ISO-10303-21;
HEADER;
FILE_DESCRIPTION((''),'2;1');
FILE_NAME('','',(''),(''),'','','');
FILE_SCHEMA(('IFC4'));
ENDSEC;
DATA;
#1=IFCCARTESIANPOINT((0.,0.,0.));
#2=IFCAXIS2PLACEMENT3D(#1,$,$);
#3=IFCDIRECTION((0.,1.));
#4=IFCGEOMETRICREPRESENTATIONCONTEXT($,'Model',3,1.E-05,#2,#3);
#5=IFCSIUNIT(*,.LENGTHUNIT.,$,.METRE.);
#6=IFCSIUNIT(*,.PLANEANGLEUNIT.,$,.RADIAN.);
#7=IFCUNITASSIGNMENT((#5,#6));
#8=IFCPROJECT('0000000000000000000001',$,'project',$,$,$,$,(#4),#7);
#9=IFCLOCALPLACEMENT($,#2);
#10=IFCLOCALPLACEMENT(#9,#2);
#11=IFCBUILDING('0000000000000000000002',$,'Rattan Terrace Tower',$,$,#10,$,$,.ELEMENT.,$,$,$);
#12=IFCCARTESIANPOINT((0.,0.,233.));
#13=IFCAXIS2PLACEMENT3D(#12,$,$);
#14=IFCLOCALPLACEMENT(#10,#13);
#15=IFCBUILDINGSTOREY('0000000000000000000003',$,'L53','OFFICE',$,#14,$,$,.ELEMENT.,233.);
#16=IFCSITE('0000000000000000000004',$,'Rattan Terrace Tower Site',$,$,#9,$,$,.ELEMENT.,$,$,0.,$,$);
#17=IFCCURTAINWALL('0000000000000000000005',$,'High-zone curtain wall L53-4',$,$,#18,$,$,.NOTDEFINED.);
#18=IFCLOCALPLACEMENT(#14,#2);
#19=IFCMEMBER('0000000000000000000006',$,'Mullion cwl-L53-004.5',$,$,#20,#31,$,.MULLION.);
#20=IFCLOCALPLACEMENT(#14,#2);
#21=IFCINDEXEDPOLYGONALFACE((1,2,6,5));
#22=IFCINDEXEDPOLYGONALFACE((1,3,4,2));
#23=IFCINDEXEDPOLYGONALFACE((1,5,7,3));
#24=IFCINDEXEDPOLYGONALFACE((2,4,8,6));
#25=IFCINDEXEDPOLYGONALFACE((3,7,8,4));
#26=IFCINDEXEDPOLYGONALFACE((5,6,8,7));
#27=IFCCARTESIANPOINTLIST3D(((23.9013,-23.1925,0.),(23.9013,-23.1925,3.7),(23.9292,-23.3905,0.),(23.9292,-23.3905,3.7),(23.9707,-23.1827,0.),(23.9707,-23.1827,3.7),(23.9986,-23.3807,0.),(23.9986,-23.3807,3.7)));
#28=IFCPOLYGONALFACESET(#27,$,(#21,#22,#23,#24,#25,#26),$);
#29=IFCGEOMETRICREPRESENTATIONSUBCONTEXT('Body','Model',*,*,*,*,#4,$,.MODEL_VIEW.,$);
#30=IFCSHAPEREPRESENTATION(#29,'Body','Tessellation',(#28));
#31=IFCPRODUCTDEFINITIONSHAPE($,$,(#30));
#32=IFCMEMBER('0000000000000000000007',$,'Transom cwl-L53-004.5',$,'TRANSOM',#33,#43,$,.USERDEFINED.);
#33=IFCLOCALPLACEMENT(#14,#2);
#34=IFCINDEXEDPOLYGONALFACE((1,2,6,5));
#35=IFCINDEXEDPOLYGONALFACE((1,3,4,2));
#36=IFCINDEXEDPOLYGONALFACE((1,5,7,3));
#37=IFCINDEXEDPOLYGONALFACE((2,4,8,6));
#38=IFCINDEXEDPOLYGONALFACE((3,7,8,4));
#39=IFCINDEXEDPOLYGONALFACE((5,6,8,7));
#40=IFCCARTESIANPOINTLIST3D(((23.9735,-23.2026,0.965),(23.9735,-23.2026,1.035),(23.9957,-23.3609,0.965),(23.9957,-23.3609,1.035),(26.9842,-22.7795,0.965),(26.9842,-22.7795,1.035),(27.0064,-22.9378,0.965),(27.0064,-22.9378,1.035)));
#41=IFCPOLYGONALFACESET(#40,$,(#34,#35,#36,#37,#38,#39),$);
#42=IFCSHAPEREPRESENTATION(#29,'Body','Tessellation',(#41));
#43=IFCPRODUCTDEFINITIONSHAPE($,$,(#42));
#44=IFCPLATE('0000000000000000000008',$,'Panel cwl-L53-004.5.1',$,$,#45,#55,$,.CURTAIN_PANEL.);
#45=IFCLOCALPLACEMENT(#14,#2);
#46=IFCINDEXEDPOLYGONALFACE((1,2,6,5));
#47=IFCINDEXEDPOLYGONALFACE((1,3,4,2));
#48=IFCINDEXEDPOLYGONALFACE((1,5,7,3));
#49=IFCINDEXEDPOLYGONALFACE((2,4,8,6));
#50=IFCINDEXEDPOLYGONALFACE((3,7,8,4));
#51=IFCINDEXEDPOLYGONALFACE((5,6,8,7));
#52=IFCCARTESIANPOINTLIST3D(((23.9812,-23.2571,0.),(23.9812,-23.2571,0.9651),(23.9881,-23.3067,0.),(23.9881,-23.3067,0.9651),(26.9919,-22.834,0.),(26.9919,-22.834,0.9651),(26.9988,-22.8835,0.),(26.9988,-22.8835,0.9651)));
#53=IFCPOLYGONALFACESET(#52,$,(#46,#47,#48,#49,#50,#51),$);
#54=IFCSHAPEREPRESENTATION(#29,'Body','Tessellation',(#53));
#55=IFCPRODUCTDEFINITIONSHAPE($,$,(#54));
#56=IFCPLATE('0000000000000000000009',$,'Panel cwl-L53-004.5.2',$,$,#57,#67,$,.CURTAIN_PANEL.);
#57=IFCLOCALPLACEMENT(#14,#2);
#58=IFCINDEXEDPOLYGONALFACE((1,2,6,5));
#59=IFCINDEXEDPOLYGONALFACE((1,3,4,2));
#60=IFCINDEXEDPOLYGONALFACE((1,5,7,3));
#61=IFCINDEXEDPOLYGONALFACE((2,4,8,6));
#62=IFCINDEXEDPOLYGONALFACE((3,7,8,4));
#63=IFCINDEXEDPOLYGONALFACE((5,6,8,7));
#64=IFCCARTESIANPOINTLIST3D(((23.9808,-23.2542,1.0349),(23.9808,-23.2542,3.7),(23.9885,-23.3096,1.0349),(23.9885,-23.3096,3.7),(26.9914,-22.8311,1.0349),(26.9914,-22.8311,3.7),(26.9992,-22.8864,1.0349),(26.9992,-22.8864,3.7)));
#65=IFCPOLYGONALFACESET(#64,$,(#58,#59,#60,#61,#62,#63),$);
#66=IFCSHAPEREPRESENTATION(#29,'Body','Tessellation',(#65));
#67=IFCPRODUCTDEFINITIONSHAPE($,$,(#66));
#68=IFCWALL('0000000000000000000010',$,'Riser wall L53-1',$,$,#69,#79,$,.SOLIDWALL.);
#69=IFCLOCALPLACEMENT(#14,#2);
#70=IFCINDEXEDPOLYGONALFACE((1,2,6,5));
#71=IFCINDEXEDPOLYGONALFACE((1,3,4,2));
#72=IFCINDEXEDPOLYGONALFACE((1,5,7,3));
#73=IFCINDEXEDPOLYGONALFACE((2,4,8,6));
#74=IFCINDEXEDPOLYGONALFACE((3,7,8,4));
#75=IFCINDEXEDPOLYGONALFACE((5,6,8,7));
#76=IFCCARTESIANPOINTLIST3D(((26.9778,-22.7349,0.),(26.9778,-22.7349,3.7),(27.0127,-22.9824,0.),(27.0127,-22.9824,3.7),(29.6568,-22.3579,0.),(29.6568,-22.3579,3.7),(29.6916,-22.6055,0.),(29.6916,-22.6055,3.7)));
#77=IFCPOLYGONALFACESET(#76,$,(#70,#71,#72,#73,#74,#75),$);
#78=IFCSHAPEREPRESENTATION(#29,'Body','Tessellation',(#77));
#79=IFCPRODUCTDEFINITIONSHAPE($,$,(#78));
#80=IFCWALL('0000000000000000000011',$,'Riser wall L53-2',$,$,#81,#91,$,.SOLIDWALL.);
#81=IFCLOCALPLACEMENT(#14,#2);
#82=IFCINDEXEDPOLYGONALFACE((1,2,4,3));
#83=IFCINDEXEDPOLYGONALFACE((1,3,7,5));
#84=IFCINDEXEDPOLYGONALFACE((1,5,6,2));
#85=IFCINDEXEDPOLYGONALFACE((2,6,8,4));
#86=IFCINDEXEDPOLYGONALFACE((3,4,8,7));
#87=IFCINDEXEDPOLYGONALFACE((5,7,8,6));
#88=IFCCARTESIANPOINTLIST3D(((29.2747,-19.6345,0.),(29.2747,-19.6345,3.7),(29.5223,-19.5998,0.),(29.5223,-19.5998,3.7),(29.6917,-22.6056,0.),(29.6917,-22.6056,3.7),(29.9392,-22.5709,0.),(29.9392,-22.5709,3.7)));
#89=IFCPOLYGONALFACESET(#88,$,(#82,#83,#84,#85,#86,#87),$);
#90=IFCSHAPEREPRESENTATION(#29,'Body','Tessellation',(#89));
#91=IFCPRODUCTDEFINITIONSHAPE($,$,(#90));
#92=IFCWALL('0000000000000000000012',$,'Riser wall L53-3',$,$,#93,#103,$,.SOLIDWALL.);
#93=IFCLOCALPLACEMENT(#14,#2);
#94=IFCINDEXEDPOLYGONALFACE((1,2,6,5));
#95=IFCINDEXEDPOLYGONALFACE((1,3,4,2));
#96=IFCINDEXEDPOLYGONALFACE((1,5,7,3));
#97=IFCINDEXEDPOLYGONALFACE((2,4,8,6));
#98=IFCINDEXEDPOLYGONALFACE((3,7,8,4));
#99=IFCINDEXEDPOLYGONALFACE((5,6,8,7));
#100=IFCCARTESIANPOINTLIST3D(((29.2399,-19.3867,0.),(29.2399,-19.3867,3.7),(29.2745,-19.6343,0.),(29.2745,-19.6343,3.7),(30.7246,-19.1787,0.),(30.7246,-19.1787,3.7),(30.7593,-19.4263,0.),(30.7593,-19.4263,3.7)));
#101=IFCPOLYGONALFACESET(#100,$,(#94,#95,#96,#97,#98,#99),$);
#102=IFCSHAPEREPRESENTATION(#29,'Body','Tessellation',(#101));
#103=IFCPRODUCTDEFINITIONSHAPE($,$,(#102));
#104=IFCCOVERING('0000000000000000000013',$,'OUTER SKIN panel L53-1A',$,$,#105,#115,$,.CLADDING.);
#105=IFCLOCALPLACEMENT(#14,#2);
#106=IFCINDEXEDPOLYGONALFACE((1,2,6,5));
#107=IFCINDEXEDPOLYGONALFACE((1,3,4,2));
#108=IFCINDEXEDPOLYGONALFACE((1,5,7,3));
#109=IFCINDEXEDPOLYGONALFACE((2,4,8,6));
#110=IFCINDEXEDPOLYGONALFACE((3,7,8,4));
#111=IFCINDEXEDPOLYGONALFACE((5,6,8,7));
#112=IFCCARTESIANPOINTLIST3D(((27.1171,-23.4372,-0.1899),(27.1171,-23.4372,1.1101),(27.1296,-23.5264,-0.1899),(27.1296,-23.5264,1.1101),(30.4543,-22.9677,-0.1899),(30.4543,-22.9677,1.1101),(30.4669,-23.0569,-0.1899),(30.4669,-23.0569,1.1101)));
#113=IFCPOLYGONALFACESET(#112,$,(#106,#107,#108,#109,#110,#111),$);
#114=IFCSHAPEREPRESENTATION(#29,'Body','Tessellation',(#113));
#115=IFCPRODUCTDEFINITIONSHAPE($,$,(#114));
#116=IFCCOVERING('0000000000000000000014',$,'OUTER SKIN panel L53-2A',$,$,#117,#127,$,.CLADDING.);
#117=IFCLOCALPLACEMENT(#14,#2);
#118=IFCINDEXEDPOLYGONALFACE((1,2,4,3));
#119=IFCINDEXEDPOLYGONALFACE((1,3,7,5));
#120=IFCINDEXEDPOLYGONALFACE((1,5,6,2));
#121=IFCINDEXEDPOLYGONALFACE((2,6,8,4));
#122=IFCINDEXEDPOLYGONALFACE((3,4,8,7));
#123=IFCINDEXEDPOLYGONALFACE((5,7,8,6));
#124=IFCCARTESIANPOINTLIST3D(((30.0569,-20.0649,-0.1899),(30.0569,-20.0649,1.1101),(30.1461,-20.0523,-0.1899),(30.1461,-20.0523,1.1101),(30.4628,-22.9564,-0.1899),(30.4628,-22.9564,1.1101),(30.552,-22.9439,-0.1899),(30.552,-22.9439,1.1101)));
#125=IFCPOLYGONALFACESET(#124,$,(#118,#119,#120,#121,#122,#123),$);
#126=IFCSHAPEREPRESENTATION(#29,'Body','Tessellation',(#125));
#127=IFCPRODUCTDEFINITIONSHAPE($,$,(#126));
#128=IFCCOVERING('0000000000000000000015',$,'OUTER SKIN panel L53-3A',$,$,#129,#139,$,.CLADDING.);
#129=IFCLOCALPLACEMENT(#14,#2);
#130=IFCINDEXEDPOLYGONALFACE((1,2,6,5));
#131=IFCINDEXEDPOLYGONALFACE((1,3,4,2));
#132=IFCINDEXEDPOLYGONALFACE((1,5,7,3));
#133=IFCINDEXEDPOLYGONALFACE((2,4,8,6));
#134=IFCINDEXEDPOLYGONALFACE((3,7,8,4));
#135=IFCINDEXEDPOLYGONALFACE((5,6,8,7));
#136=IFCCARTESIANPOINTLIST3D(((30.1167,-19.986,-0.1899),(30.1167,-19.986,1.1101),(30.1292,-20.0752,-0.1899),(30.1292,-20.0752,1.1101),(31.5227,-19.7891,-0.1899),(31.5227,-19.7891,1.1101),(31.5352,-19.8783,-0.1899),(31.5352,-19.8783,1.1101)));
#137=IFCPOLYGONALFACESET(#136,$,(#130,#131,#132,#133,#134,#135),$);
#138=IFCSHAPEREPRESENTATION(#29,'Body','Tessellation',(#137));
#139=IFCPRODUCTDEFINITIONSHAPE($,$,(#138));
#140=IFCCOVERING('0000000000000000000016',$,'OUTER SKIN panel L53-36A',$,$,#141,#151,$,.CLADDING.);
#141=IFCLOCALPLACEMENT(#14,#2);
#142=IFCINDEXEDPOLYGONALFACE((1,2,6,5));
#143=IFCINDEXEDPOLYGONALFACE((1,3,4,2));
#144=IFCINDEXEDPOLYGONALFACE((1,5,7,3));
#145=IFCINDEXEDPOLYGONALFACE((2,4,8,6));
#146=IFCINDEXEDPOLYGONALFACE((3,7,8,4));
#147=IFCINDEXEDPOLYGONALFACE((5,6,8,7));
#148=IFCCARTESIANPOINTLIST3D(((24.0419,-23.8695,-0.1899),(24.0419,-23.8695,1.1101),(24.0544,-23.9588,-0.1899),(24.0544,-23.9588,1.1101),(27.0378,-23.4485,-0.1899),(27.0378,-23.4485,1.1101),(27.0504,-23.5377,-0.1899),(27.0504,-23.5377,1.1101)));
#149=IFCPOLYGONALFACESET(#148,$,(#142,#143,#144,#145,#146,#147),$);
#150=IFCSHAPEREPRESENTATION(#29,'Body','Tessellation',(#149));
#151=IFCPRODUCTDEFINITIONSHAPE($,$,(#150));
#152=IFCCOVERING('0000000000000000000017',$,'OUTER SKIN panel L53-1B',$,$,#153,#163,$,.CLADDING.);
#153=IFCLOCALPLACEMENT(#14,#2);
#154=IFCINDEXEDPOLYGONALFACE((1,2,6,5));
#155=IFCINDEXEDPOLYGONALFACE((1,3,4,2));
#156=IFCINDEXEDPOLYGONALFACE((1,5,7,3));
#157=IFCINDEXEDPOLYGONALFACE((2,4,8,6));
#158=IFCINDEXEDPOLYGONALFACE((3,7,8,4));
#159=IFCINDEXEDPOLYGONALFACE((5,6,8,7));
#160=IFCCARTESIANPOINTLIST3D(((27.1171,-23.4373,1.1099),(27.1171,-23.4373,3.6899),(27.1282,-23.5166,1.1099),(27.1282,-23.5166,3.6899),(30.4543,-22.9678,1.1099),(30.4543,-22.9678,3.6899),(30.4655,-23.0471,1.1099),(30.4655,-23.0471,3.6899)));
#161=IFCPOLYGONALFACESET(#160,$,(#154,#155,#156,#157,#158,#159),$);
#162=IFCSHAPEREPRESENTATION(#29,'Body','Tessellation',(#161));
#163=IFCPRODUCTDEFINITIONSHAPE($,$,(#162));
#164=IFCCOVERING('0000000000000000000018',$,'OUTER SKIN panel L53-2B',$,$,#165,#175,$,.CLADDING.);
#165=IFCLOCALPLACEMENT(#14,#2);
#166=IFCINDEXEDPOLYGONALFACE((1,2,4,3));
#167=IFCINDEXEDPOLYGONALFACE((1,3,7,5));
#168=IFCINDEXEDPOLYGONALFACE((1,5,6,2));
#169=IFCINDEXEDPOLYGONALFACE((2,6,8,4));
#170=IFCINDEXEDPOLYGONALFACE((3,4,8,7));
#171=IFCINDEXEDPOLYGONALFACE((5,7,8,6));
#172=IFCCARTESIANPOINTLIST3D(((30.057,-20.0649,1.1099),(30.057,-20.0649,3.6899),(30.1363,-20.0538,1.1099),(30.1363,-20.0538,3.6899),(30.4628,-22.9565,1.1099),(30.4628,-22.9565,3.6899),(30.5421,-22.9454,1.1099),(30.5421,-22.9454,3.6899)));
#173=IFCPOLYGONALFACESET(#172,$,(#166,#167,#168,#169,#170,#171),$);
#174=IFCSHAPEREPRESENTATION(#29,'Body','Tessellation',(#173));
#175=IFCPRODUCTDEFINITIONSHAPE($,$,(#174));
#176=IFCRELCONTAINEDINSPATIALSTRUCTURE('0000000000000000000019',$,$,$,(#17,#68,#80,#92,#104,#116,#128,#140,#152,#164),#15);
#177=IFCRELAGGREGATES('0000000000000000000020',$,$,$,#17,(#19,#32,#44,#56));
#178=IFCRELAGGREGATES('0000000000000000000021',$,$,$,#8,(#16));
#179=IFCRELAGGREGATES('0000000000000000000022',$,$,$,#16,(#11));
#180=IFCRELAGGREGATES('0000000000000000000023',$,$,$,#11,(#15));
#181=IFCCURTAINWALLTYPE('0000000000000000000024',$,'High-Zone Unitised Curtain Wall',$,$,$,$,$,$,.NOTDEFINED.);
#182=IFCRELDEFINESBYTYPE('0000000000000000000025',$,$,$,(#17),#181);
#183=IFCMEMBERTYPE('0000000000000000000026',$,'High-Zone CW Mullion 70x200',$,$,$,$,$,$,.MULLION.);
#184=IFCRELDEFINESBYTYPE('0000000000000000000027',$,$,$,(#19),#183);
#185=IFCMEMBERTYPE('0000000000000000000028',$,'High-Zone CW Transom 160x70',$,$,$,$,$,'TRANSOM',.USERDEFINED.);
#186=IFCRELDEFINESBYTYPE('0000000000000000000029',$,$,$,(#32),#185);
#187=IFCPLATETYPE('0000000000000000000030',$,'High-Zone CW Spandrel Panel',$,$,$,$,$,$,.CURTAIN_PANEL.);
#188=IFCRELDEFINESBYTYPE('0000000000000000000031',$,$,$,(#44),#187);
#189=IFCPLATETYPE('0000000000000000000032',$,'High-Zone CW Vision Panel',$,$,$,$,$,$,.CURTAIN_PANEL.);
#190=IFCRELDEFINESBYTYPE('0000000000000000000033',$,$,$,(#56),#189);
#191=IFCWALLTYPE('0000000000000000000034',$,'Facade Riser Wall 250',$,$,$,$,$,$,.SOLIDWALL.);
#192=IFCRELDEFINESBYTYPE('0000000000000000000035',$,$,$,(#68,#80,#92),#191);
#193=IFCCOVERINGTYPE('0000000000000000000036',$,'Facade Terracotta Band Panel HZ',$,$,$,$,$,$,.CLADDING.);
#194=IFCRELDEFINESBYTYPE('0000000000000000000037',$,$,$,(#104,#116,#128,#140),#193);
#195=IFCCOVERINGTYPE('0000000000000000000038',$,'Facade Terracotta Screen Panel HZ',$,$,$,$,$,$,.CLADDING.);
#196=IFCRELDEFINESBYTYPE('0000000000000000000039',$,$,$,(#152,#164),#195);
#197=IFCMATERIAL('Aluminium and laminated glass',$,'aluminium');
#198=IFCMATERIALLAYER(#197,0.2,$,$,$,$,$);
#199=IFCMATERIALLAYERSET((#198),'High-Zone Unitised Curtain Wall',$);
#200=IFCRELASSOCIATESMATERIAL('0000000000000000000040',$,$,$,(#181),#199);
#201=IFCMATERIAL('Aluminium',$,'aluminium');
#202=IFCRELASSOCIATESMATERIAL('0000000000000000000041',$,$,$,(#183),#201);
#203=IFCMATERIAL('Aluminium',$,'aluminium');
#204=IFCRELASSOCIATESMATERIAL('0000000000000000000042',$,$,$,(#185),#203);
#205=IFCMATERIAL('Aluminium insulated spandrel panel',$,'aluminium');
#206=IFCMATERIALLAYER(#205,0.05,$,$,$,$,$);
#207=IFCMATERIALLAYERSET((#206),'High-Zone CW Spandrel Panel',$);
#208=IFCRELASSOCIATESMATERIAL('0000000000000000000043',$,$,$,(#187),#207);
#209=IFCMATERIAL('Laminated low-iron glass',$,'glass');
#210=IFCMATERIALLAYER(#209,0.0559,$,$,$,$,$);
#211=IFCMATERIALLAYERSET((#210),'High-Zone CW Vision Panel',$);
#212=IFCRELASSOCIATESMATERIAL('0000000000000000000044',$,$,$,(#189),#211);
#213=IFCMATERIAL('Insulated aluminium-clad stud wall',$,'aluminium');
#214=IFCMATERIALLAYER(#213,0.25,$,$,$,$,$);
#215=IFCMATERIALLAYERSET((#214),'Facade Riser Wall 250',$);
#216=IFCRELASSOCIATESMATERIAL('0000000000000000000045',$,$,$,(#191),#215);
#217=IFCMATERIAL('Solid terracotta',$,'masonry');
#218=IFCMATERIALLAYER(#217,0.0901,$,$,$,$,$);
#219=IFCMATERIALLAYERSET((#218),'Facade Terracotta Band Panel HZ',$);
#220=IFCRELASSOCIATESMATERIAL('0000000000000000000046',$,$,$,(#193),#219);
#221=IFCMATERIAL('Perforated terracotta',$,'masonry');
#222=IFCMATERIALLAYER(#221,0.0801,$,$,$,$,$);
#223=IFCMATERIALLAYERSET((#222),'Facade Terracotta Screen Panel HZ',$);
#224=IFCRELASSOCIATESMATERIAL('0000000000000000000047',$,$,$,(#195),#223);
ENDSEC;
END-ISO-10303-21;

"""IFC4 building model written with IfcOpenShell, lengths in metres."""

from ifc_helpers import new_model, si_unit, direction, frame, frame_2d, origin, origin_2d, place, context, subcontext, project, spatial, rectangle, extrude, material, layer, layer_set, material_profile, profile_set, type_object, element, aggregate, save


model = new_model("IFC4")

# Units and contexts
model_context = context("Model", 3, precision=1e-05, world=origin(), true_north=direction((0.0, 1.0)))
body_context = subcontext(model_context, "Body", "Model", "MODEL_VIEW")
ifc_project = project(units=[si_unit("LENGTHUNIT", "METRE"), si_unit("PLANEANGLEUNIT", "RADIAN")], contexts=[model_context])

# Site, building, storey
site_placement = place(None, origin())
site = spatial("IfcSite", under=ifc_project, at=site_placement, Name="Rattan Terrace Tower Site", CompositionType="ELEMENT", RefElevation=0.0)
building_placement = place(site_placement, origin())
building = spatial("IfcBuilding", under=site, at=building_placement, Name="Rattan Terrace Tower", CompositionType="ELEMENT")
storey_placement = place(building_placement, frame((0.0, 0.0, 233.0)))
storey = spatial("IfcBuildingStorey", under=building, at=storey_placement, Name="L53", Description="OFFICE", CompositionType="ELEMENT", Elevation=233.0)

# Curtain wall, members, plates
ifc_material_1 = material(Name="Aluminium and laminated glass", Category="aluminium")
ifc_layer_1 = layer(ifc_material_1, 0.2)
ifc_layer_set_1 = layer_set([ifc_layer_1], Name="High-Zone Unitised Curtain Wall")
curtain_wall_type = type_object("IfcCurtainWallType", Name="High-Zone Unitised Curtain Wall", PredefinedType="NOTDEFINED", material=ifc_layer_set_1)
curtain_wall_placement = place(storey_placement, origin())
curtain_wall = element("IfcCurtainWall", 1, at=curtain_wall_placement, inside=storey, type_object=curtain_wall_type, Name="High-zone curtain wall L53-4", PredefinedType="NOTDEFINED")
ifc_material_2 = material(Name="Aluminium", Category="aluminium")
ifc_material_profile_1 = material_profile(ifc_material_2, rectangle(XDim=0.0701, YDim=0.2, at=origin_2d()), Name="Aluminium 70x200")
ifc_profile_set_1 = profile_set([ifc_material_profile_1], Name="Aluminium")
member_type_1 = type_object("IfcMemberType", Name="High-Zone CW Mullion 70x200", PredefinedType="MULLION", material=ifc_profile_set_1)
member_1_placement = place(storey_placement, frame((23.95, -23.2866, 0.0), z_axis=(0.0, 0.0, 1.0), x_axis=(0.990267, 0.139177, 0.0)))
member_1 = element("IfcMember", 2, at=member_1_placement, type_object=member_type_1, Name="Mullion cwl-L53-004.5", PredefinedType="MULLION", context=body_context, shape_type="SweptSolid", body=[
    extrude(rectangle(XDim=0.0701, YDim=0.2, at=origin_2d()), origin(), (0.0, 0.0, 1.0), 3.7),
])
ifc_material_3 = material(Name="Aluminium", Category="aluminium")
ifc_material_profile_2 = material_profile(ifc_material_3, rectangle(XDim=0.1599, YDim=0.0701, at=origin_2d()), Name="Aluminium 160x70")
ifc_profile_set_2 = profile_set([ifc_material_profile_2], Name="Aluminium")
member_type_2 = type_object("IfcMemberType", Name="High-Zone CW Transom 160x70", ElementType="TRANSOM", PredefinedType="USERDEFINED", material=ifc_profile_set_2)
member_2_placement = place(storey_placement, frame((23.9846, -23.2817, 1.0), z_axis=(0.99027, 0.139161, 0.0), x_axis=(-0.139161, 0.99027, 0.0)))
member_2 = element("IfcMember", 3, at=member_2_placement, type_object=member_type_2, Name="Transom cwl-L53-004.5", ObjectType="TRANSOM", PredefinedType="USERDEFINED", context=body_context, shape_type="SweptSolid", body=[
    extrude(rectangle(XDim=0.1599, YDim=0.0701, at=origin_2d()), origin(), (0.0, 0.0, 1.0), 3.0403),
])
ifc_material_4 = material(Name="Aluminium insulated spandrel panel", Category="aluminium")
ifc_layer_2 = layer(ifc_material_4, 0.05)
ifc_layer_set_2 = layer_set([ifc_layer_2], Name="High-Zone CW Spandrel Panel")
plate_type_1 = type_object("IfcPlateType", Name="High-Zone CW Spandrel Panel", PredefinedType="CURTAIN_PANEL", material=ifc_layer_set_2)
plate_1_placement = place(storey_placement, frame((25.49, -23.0703, 0.0), z_axis=(0.0, 0.0, 1.0), x_axis=(0.990267, 0.139177, 0.0)))
plate_1 = element("IfcPlate", 4, at=plate_1_placement, type_object=plate_type_1, Name="Panel cwl-L53-004.5.1", PredefinedType="CURTAIN_PANEL", context=body_context, shape_type="SweptSolid", body=[
    extrude(rectangle(XDim=3.0403, YDim=0.05, at=origin_2d()), origin(), (0.0, 0.0, 1.0), 0.9651),
])
ifc_material_5 = material(Name="Laminated low-iron glass", Category="glass")
ifc_layer_3 = layer(ifc_material_5, 0.0559)
ifc_layer_set_3 = layer_set([ifc_layer_3], Name="High-Zone CW Vision Panel")
plate_type_2 = type_object("IfcPlateType", Name="High-Zone CW Vision Panel", PredefinedType="CURTAIN_PANEL", material=ifc_layer_set_3)
plate_2_placement = place(storey_placement, frame((25.49, -23.0703, 1.0349), z_axis=(0.0, 0.0, 1.0), x_axis=(0.990267, 0.139177, 0.0)))
plate_2 = element("IfcPlate", 5, at=plate_2_placement, type_object=plate_type_2, Name="Panel cwl-L53-004.5.2", PredefinedType="CURTAIN_PANEL", context=body_context, shape_type="SweptSolid", body=[
    extrude(rectangle(XDim=3.0403, YDim=0.0559, at=origin_2d()), origin(), (0.0, 0.0, 1.0), 2.665),
])
aggregate(curtain_wall, [member_1, member_2, plate_1, plate_2])

# Walls
ifc_material_6 = material(Name="Insulated aluminium-clad stud wall", Category="aluminium")
ifc_layer_4 = layer(ifc_material_6, 0.25)
ifc_layer_set_4 = layer_set([ifc_layer_4], Name="Facade Riser Wall 250")
wall_type = type_object("IfcWallType", Name="Facade Riser Wall 250", PredefinedType="SOLIDWALL", material=ifc_layer_set_4)
wall_1_placement = place(storey_placement, frame((26.9954, -22.8586, 0.0), z_axis=(0.0, 0.0, 1.0), x_axis=(0.990245, 0.139336, 0.0)))
element("IfcWall", 6, at=wall_1_placement, inside=storey, type_object=wall_type, Name="Riser wall L53-1", PredefinedType="SOLIDWALL", context=body_context, shape_type="SweptSolid", body=[
    extrude(rectangle(XDim=2.7053, YDim=0.25, at=frame_2d((1.3525, 0.0))), origin(), (0.0, 0.0, 1.0), 3.7),
])
wall_2_placement = place(storey_placement, frame((29.8154, -22.5881, 0.0), z_axis=(0.0, 0.0, 1.0), x_axis=(-0.138983, 0.990295, 0.0)))
element("IfcWall", 7, at=wall_2_placement, inside=storey, type_object=wall_type, Name="Riser wall L53-2", PredefinedType="SOLIDWALL", context=body_context, shape_type="SweptSolid", body=[
    extrude(rectangle(XDim=3.0002, YDim=0.25, at=frame_2d((1.5, 0.0))), origin(), (0.0, 0.0, 1.0), 3.7),
])
wall_3_placement = place(storey_placement, frame((29.2573, -19.5105, 0.0), z_axis=(0.0, 0.0, 1.0), x_axis=(0.99033, 0.138731, 0.0)))
element("IfcWall", 8, at=wall_3_placement, inside=storey, type_object=wall_type, Name="Riser wall L53-3", PredefinedType="SOLIDWALL", context=body_context, shape_type="SweptSolid", body=[
    extrude(rectangle(XDim=1.4993, YDim=0.25, at=frame_2d((0.7495, 0.0))), origin(), (0.0, 0.0, 1.0), 3.7),
])

# Coverings
ifc_material_7 = material(Name="Solid terracotta", Category="masonry")
ifc_layer_5 = layer(ifc_material_7, 0.0901)
ifc_layer_set_5 = layer_set([ifc_layer_5], Name="Facade Terracotta Band Panel HZ")
covering_type_1 = type_object("IfcCoveringType", Name="Facade Terracotta Band Panel HZ", PredefinedType="CLADDING", material=ifc_layer_set_5)
covering_1_placement = place(storey_placement, frame((28.792, -23.2471, -0.1899), z_axis=(0.0, 0.0, 1.0), x_axis=(0.990247, 0.139321, 0.0)))
element("IfcCovering", 9, at=covering_1_placement, inside=storey, type_object=covering_type_1, Name="OUTER SKIN panel L53-1A", PredefinedType="CLADDING", context=body_context, shape_type="SweptSolid", body=[
    extrude(rectangle(XDim=3.3701, YDim=0.0901, at=origin_2d()), origin(), (0.0, 0.0, 1.0), 1.3),
])
covering_2_placement = place(storey_placement, frame((30.3044, -21.5044, -0.1899), z_axis=(0.0, 0.0, 1.0), x_axis=(-0.138994, 0.990293, 0.0)))
element("IfcCovering", 10, at=covering_2_placement, inside=storey, type_object=covering_type_1, Name="OUTER SKIN panel L53-2A", PredefinedType="CLADDING", context=body_context, shape_type="SweptSolid", body=[
    extrude(rectangle(XDim=2.9199, YDim=0.0901, at=origin_2d()), origin(), (0.0, 0.0, 1.0), 1.3),
])
covering_3_placement = place(storey_placement, frame((30.8259, -19.9321, -0.1899), z_axis=(0.0, 0.0, 1.0), x_axis=(0.990333, 0.138713, 0.0)))
element("IfcCovering", 11, at=covering_3_placement, inside=storey, type_object=covering_type_1, Name="OUTER SKIN panel L53-3A", PredefinedType="CLADDING", context=body_context, shape_type="SweptSolid", body=[
    extrude(rectangle(XDim=1.4197, YDim=0.0901, at=origin_2d()), origin(), (0.0, 0.0, 1.0), 1.3),
])
covering_4_placement = place(storey_placement, frame((25.5461, -23.7036, -0.1899), z_axis=(0.0, 0.0, 1.0), x_axis=(0.990267, 0.139177, 0.0)))
element("IfcCovering", 12, at=covering_4_placement, inside=storey, type_object=covering_type_1, Name="OUTER SKIN panel L53-36A", PredefinedType="CLADDING", context=body_context, shape_type="SweptSolid", body=[
    extrude(rectangle(XDim=3.0254, YDim=0.0901, at=origin_2d()), origin(), (0.0, 0.0, 1.0), 1.3),
])
ifc_material_8 = material(Name="Perforated terracotta", Category="masonry")
ifc_layer_6 = layer(ifc_material_8, 0.0801)
ifc_layer_set_6 = layer_set([ifc_layer_6], Name="Facade Terracotta Screen Panel HZ")
covering_type_2 = type_object("IfcCoveringType", Name="Facade Terracotta Screen Panel HZ", PredefinedType="CLADDING", material=ifc_layer_set_6)
covering_5_placement = place(storey_placement, frame((28.7913, -23.2422, 1.1099), z_axis=(0.0, 0.0, 1.0), x_axis=(0.990247, 0.139321, 0.0)))
element("IfcCovering", 13, at=covering_5_placement, inside=storey, type_object=covering_type_2, Name="OUTER SKIN panel L53-1B", PredefinedType="CLADDING", context=body_context, shape_type="SweptSolid", body=[
    extrude(rectangle(XDim=3.3701, YDim=0.0801, at=origin_2d()), origin(), (0.0, 0.0, 1.0), 2.5801),
])
covering_6_placement = place(storey_placement, frame((30.2996, -21.5051, 1.1099), z_axis=(0.0, 0.0, 1.0), x_axis=(-0.138994, 0.990293, 0.0)))
element("IfcCovering", 14, at=covering_6_placement, inside=storey, type_object=covering_type_2, Name="OUTER SKIN panel L53-2B", PredefinedType="CLADDING", context=body_context, shape_type="SweptSolid", body=[
    extrude(rectangle(XDim=2.9199, YDim=0.0801, at=origin_2d()), origin(), (0.0, 0.0, 1.0), 2.5801),
])

save(model, "model.ifc")
